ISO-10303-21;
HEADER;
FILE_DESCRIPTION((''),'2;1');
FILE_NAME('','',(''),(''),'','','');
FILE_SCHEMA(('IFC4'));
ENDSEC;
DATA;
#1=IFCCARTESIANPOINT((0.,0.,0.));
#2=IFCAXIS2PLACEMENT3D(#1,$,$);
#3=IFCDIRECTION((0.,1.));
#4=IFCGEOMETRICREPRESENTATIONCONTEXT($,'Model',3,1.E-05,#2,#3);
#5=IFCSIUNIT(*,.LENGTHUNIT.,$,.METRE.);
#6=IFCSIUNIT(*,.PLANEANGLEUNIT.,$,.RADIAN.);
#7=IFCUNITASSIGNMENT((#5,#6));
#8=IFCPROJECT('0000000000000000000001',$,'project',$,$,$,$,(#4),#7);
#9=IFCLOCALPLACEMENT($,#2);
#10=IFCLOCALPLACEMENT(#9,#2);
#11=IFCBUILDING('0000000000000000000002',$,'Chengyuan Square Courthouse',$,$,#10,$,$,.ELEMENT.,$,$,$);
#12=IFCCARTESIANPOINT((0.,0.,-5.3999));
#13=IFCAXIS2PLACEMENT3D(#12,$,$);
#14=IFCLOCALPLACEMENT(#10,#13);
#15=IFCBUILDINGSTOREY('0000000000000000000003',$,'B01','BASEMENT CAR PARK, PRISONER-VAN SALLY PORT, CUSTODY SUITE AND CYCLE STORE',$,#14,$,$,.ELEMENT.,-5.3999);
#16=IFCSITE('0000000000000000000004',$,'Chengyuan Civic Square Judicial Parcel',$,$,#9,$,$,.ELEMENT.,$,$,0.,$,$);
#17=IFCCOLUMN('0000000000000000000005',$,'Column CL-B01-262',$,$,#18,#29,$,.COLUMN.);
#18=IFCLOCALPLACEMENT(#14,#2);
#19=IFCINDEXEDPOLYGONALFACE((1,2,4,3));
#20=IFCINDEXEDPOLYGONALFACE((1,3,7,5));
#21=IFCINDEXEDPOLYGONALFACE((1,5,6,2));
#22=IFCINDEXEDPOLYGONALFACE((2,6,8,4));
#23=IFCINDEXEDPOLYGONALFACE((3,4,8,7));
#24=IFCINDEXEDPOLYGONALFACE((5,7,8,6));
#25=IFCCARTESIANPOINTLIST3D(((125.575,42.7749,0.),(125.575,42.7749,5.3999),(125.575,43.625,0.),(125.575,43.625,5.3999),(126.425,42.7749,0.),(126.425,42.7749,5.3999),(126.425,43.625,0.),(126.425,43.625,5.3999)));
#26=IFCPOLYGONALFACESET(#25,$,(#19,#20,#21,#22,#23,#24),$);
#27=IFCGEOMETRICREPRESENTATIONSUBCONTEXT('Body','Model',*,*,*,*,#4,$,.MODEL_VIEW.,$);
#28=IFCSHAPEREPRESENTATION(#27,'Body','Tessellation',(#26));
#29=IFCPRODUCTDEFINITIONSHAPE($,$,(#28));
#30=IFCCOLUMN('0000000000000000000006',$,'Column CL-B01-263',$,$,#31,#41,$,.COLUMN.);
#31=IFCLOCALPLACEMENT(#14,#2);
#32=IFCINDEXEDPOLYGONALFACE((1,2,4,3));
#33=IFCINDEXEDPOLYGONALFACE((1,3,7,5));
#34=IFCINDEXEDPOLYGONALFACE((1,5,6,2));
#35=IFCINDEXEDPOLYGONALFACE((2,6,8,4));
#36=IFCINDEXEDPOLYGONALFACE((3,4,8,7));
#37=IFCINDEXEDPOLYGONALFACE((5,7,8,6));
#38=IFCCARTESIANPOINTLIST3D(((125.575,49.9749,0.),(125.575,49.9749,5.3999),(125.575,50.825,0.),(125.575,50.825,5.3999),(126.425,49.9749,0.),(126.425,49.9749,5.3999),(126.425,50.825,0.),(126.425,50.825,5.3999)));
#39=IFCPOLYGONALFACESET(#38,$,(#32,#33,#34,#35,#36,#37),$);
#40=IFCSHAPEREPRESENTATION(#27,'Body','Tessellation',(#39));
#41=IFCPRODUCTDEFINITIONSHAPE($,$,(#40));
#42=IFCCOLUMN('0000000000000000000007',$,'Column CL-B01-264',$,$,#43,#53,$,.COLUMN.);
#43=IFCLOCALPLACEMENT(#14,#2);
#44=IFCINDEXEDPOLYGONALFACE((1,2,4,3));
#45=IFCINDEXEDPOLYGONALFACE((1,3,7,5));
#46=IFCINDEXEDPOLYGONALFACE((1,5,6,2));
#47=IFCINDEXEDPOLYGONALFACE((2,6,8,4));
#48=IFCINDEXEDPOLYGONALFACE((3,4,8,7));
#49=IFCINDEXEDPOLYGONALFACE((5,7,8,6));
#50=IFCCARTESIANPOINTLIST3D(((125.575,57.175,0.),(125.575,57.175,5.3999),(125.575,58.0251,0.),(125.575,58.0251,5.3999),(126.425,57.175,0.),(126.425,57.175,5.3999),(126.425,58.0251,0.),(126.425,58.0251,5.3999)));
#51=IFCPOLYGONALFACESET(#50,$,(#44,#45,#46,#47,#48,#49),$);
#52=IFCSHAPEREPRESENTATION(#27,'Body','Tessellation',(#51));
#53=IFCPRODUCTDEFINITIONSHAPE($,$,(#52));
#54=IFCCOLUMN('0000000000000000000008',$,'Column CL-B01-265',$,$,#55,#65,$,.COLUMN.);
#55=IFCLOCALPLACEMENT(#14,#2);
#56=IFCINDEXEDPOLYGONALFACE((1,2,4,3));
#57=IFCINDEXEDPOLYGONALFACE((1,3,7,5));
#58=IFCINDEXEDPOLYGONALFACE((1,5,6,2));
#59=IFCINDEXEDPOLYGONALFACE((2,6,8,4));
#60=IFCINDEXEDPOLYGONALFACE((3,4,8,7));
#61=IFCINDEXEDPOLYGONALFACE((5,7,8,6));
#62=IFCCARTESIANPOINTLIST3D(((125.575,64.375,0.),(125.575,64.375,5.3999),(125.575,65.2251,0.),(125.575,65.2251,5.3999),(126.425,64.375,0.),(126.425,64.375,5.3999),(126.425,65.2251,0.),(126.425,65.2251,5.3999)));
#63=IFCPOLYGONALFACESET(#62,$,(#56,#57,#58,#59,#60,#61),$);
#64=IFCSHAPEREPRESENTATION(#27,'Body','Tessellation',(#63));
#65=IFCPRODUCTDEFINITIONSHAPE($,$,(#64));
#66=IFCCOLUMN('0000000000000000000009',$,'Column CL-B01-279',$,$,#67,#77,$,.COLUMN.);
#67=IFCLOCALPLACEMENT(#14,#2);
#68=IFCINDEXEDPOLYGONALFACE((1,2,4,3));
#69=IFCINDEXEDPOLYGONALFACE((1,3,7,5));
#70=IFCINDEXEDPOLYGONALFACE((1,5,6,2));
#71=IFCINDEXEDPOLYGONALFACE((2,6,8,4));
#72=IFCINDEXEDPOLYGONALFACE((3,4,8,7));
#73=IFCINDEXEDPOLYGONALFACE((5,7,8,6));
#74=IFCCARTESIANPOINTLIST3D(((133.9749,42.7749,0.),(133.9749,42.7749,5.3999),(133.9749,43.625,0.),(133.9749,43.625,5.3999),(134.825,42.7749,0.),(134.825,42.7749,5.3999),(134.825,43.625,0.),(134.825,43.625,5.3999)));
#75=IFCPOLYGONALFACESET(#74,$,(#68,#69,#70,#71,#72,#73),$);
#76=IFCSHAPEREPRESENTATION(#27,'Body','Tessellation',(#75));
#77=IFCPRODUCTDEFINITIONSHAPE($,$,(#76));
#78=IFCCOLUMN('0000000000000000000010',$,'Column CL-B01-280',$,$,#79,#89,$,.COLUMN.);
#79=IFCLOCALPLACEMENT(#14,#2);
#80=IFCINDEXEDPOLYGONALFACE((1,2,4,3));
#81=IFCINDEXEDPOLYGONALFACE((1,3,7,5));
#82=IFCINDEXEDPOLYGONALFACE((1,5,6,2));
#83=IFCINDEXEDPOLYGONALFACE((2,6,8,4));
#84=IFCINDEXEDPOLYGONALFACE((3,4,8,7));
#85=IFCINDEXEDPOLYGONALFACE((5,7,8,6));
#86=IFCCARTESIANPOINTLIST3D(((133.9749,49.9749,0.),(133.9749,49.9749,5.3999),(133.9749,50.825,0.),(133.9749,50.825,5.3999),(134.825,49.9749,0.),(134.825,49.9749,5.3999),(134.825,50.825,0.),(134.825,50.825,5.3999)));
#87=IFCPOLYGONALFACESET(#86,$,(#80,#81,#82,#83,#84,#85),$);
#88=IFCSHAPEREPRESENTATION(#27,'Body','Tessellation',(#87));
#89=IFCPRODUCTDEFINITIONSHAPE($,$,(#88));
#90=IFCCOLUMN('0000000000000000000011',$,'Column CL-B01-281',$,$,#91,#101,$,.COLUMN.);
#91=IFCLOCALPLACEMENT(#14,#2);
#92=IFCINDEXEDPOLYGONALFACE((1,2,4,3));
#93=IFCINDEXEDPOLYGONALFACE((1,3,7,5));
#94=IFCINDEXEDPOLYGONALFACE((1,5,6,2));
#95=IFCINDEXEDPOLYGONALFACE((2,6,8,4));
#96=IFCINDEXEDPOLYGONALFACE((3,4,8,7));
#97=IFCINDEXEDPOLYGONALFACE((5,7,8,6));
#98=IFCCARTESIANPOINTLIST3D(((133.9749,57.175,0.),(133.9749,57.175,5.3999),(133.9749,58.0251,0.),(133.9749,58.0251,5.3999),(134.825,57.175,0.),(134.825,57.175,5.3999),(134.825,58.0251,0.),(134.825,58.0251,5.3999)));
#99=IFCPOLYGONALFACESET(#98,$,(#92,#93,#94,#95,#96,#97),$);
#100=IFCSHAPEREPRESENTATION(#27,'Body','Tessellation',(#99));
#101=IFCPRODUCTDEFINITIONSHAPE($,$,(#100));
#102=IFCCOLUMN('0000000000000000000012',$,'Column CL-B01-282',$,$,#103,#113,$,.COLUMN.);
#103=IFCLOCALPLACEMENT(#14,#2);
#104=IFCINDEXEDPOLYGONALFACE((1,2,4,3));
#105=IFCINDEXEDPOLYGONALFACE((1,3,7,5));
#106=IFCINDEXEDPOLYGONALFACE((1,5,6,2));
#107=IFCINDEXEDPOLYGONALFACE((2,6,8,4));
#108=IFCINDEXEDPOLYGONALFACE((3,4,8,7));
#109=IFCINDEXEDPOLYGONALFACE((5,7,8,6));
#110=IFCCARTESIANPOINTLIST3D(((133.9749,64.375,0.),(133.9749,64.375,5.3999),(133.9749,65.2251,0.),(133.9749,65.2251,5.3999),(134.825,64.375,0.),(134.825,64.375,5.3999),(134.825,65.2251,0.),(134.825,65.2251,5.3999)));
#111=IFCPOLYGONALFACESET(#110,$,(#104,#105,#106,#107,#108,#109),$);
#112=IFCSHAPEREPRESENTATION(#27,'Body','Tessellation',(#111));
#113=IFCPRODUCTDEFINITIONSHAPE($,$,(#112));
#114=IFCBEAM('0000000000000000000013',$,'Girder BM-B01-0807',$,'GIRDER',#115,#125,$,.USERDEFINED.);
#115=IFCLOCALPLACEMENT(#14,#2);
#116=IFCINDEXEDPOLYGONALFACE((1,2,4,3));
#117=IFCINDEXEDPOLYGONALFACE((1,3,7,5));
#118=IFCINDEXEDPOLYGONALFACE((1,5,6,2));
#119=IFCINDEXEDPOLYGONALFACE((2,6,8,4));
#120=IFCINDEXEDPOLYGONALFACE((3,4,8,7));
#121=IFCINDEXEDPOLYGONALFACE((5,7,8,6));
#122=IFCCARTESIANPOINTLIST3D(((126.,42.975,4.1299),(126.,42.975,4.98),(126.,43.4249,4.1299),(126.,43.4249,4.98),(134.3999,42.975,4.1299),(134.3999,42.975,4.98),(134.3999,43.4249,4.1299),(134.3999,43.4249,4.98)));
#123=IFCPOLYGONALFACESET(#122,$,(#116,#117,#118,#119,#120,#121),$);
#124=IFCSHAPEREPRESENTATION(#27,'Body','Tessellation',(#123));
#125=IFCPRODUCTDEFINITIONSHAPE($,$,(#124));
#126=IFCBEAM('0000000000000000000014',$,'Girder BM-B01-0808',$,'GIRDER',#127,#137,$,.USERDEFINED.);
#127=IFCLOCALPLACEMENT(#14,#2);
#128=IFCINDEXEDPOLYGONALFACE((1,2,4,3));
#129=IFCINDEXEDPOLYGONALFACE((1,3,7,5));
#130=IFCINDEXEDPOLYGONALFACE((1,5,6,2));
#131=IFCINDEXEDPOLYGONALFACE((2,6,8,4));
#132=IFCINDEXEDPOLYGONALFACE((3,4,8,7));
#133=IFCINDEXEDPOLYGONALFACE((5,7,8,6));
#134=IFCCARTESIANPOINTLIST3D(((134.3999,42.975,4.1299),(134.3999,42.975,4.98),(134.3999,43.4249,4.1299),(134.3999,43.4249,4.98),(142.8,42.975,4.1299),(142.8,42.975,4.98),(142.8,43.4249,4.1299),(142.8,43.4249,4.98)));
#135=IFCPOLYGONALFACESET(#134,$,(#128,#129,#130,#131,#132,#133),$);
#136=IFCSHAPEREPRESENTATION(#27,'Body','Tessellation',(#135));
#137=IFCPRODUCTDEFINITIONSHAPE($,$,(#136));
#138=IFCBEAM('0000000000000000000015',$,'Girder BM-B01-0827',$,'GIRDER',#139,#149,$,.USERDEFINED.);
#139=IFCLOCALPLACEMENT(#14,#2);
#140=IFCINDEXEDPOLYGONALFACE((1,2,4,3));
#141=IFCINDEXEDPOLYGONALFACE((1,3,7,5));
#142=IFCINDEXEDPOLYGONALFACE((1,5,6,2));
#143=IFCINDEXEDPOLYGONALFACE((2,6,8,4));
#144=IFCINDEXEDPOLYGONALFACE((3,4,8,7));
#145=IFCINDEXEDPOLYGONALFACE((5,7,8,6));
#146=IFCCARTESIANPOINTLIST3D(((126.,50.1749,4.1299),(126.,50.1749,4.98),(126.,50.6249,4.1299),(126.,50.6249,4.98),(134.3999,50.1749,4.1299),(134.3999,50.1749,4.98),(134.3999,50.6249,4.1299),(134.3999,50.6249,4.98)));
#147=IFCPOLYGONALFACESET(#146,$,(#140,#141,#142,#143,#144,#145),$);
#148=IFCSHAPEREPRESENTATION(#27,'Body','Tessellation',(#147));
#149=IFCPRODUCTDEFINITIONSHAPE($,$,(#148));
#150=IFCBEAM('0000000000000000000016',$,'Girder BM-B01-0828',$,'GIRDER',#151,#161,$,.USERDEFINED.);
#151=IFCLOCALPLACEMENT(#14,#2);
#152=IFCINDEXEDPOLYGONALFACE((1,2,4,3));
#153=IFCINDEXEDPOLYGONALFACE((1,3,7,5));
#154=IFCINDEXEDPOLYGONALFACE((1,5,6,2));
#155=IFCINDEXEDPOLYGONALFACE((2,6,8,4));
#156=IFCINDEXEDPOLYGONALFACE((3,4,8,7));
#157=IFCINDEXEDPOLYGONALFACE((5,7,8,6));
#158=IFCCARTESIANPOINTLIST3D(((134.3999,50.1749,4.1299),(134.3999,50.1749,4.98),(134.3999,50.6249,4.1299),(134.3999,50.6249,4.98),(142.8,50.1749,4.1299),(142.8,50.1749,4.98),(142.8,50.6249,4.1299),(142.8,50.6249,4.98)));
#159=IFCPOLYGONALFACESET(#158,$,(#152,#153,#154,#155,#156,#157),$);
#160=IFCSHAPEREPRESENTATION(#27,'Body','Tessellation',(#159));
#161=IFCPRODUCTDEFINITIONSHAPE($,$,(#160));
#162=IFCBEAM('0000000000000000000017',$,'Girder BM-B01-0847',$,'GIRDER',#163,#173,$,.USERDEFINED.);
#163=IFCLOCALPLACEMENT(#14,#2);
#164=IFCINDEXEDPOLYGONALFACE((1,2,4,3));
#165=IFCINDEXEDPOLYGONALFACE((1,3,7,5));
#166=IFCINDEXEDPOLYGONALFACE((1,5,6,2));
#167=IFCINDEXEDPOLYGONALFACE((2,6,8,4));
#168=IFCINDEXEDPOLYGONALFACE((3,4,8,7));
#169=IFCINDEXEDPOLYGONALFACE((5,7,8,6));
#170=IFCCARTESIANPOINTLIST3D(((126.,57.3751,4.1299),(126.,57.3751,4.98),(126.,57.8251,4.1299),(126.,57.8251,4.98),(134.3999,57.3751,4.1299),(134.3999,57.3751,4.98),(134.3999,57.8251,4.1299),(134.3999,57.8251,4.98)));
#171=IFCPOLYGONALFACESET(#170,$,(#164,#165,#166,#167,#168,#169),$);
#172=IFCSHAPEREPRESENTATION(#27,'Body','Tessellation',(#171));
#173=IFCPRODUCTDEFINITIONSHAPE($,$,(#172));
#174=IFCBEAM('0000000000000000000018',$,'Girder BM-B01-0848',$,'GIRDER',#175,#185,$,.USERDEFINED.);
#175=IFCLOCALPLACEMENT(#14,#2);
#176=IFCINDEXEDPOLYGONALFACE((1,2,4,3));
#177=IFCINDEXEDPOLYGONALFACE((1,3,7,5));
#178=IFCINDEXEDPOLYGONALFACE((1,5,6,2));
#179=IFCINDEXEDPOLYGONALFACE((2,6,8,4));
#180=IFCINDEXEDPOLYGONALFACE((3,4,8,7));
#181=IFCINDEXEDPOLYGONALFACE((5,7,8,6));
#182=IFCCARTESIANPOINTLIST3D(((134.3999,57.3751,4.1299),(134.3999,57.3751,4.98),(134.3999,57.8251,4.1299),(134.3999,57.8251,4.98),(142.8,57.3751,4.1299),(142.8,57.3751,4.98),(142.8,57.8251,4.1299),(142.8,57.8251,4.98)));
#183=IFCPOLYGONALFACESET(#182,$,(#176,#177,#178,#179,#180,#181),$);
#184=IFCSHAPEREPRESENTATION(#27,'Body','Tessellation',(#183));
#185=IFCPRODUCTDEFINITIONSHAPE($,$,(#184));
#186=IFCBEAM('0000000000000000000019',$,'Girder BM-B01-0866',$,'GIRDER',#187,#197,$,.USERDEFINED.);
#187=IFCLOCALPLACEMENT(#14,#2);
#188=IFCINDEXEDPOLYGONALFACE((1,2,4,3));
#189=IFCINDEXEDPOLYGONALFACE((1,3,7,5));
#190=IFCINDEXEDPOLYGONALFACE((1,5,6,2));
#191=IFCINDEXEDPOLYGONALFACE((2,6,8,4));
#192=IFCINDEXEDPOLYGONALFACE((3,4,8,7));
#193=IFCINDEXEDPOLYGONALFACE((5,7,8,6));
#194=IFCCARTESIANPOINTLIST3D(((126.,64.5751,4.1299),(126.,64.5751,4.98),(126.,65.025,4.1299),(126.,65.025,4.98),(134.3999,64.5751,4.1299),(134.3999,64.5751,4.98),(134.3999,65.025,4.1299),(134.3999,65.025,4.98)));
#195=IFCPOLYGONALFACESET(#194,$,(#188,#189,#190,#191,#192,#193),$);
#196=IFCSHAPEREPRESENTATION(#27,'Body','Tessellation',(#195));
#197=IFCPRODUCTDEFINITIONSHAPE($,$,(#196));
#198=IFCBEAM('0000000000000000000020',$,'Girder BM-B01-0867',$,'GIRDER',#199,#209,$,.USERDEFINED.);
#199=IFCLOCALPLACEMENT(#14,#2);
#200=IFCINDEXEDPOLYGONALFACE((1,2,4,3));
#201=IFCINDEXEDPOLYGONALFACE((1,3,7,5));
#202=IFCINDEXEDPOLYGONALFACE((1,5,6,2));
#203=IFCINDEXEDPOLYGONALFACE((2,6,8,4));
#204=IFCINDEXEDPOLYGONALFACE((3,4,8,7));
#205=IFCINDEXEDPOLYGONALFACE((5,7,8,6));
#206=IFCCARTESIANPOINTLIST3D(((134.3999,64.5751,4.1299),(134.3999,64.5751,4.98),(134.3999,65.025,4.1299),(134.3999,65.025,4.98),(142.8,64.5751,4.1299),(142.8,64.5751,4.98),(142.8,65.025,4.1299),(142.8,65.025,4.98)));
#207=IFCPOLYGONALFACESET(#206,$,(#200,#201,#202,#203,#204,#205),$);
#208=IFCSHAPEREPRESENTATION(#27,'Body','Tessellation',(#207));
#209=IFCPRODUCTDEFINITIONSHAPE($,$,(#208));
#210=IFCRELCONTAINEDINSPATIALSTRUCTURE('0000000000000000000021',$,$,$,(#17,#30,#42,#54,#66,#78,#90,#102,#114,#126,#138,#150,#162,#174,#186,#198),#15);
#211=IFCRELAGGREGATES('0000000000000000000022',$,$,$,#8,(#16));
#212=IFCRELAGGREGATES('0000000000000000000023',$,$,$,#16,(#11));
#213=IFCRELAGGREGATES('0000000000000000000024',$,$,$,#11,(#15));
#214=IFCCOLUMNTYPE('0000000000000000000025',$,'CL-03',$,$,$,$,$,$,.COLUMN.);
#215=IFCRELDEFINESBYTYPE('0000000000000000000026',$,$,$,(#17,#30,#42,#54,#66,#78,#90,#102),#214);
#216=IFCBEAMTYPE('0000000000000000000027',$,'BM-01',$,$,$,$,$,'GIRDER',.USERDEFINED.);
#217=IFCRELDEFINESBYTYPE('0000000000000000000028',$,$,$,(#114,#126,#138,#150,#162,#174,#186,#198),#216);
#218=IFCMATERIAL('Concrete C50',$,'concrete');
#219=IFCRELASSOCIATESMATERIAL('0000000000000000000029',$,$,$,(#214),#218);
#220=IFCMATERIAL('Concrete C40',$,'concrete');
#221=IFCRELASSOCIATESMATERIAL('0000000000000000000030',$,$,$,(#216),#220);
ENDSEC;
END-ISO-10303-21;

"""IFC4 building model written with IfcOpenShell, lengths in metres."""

from ifc_helpers import new_model, si_unit, direction, frame, origin, origin_2d, place, context, subcontext, project, spatial, rectangle, extrude, material, material_profile, profile_set, type_object, element, save


model = new_model("IFC4")

# Units and contexts
model_context = context("Model", 3, precision=1e-05, world=origin(), true_north=direction((0.0, 1.0)))
body_context = subcontext(model_context, "Body", "Model", "MODEL_VIEW")
ifc_project = project(units=[si_unit("LENGTHUNIT", "METRE"), si_unit("PLANEANGLEUNIT", "RADIAN")], contexts=[model_context])

# Site, building, storey
site_placement = place(None, origin())
site = spatial("IfcSite", under=ifc_project, at=site_placement, Name="Chengyuan Civic Square Judicial Parcel", CompositionType="ELEMENT", RefElevation=0.0)
building_placement = place(site_placement, origin())
building = spatial("IfcBuilding", under=site, at=building_placement, Name="Chengyuan Square Courthouse", CompositionType="ELEMENT")
storey_placement = place(building_placement, frame((0.0, 0.0, -5.3999)))
storey = spatial("IfcBuildingStorey", under=building, at=storey_placement, Name="B01", Description="BASEMENT CAR PARK, PRISONER-VAN SALLY PORT, CUSTODY SUITE AND CYCLE STORE", CompositionType="ELEMENT", Elevation=-5.3999)

# Columns
ifc_material_1 = material(Name="Concrete C50", Category="concrete")
ifc_material_profile_1 = material_profile(ifc_material_1, rectangle(XDim=0.8501, YDim=0.8501, at=origin_2d()), Name="RC-COL-850x850")
ifc_profile_set_1 = profile_set([ifc_material_profile_1], Name="Concrete C50")
column_type = type_object("IfcColumnType", Name="CL-03", PredefinedType="COLUMN", material=ifc_profile_set_1)
for number, where, z_axis, x_axis, name in (
    (1, (126.0, 43.2, 0.0), (0.0, 0.0, 1.0), (1.0, 0.0, 0.0), "Column CL-B01-262"),
    (2, (126.0, 50.3999, 0.0), (0.0, 0.0, 1.0), (1.0, 0.0, 0.0), "Column CL-B01-263"),
    (3, (126.0, 57.6001, 0.0), (0.0, 0.0, 1.0), (1.0, 0.0, 0.0), "Column CL-B01-264"),
    (4, (126.0, 64.8, 0.0), (0.0, 0.0, 1.0), (1.0, 0.0, 0.0), "Column CL-B01-265"),
    (5, (134.3999, 43.2, 0.0), (0.0, 0.0, 1.0), (1.0, 0.0, 0.0), "Column CL-B01-279"),
    (6, (134.3999, 50.3999, 0.0), (0.0, 0.0, 1.0), (1.0, 0.0, 0.0), "Column CL-B01-280"),
    (7, (134.3999, 57.6001, 0.0), (0.0, 0.0, 1.0), (1.0, 0.0, 0.0), "Column CL-B01-281"),
    (8, (134.3999, 64.8, 0.0), (0.0, 0.0, 1.0), (1.0, 0.0, 0.0), "Column CL-B01-282"),
):
    element("IfcColumn", number, at=place(storey_placement, frame(where, z_axis=z_axis, x_axis=x_axis)), inside=storey, type_object=column_type, Name=name, PredefinedType="COLUMN", context=body_context, shape_type="SweptSolid", body=[
        extrude(rectangle(XDim=0.8501, YDim=0.8501, at=origin_2d()), origin(), (0.0, 0.0, 1.0), 5.3999),
    ])

# Beams
ifc_material_2 = material(Name="Concrete C40", Category="concrete")
ifc_material_profile_2 = material_profile(ifc_material_2, rectangle(XDim=0.45, YDim=0.8501, at=origin_2d()), Name="RC-BM-450x850")
ifc_profile_set_2 = profile_set([ifc_material_profile_2], Name="Concrete C40")
beam_type_1 = type_object("IfcBeamType", Name="BM-01", ElementType="GIRDER", PredefinedType="USERDEFINED", material=ifc_profile_set_2)
beam_1_placement = place(storey_placement, frame((126.0, 43.2, 4.5549), z_axis=(1.0, 0.0, 0.0), x_axis=(0.0, 1.0, 0.0)))
element("IfcBeam", 9, at=beam_1_placement, inside=storey, type_object=beam_type_1, Name="Girder BM-B01-0807", ObjectType="GIRDER", PredefinedType="USERDEFINED", context=body_context, shape_type="SweptSolid", body=[
    extrude(rectangle(XDim=0.45, YDim=0.8501, at=origin_2d()), origin(), (0.0, 0.0, 1.0), 8.3999),
])
beam_2_placement = place(storey_placement, frame((134.3999, 43.2, 4.5549), z_axis=(1.0, 0.0, 0.0), x_axis=(0.0, 1.0, 0.0)))
element("IfcBeam", 10, at=beam_2_placement, inside=storey, type_object=beam_type_1, Name="Girder BM-B01-0808", ObjectType="GIRDER", PredefinedType="USERDEFINED", context=body_context, shape_type="SweptSolid", body=[
    extrude(rectangle(XDim=0.45, YDim=0.8501, at=origin_2d()), origin(), (0.0, 0.0, 1.0), 8.4001),
])
beam_3_placement = place(storey_placement, frame((126.0, 50.3999, 4.5549), z_axis=(1.0, 0.0, 0.0), x_axis=(0.0, 1.0, 0.0)))
element("IfcBeam", 11, at=beam_3_placement, inside=storey, type_object=beam_type_1, Name="Girder BM-B01-0827", ObjectType="GIRDER", PredefinedType="USERDEFINED", context=body_context, shape_type="SweptSolid", body=[
    extrude(rectangle(XDim=0.45, YDim=0.8501, at=origin_2d()), origin(), (0.0, 0.0, 1.0), 8.3999),
])
beam_4_placement = place(storey_placement, frame((134.3999, 50.3999, 4.5549), z_axis=(1.0, 0.0, 0.0), x_axis=(0.0, 1.0, 0.0)))
element("IfcBeam", 12, at=beam_4_placement, inside=storey, type_object=beam_type_1, Name="Girder BM-B01-0828", ObjectType="GIRDER", PredefinedType="USERDEFINED", context=body_context, shape_type="SweptSolid", body=[
    extrude(rectangle(XDim=0.45, YDim=0.8501, at=origin_2d()), origin(), (0.0, 0.0, 1.0), 8.4001),
])
beam_5_placement = place(storey_placement, frame((126.0, 57.6001, 4.5549), z_axis=(1.0, 0.0, 0.0), x_axis=(0.0, 1.0, 0.0)))
element("IfcBeam", 13, at=beam_5_placement, inside=storey, type_object=beam_type_1, Name="Girder BM-B01-0847", ObjectType="GIRDER", PredefinedType="USERDEFINED", context=body_context, shape_type="SweptSolid", body=[
    extrude(rectangle(XDim=0.45, YDim=0.8501, at=origin_2d()), origin(), (0.0, 0.0, 1.0), 8.3999),
])
beam_6_placement = place(storey_placement, frame((134.3999, 57.6001, 4.5549), z_axis=(1.0, 0.0, 0.0), x_axis=(0.0, 1.0, 0.0)))
element("IfcBeam", 14, at=beam_6_placement, inside=storey, type_object=beam_type_1, Name="Girder BM-B01-0848", ObjectType="GIRDER", PredefinedType="USERDEFINED", context=body_context, shape_type="SweptSolid", body=[
    extrude(rectangle(XDim=0.45, YDim=0.8501, at=origin_2d()), origin(), (0.0, 0.0, 1.0), 8.4001),
])
beam_7_placement = place(storey_placement, frame((126.0, 64.8, 4.5549), z_axis=(1.0, 0.0, 0.0), x_axis=(0.0, 1.0, 0.0)))
element("IfcBeam", 15, at=beam_7_placement, inside=storey, type_object=beam_type_1, Name="Girder BM-B01-0866", ObjectType="GIRDER", PredefinedType="USERDEFINED", context=body_context, shape_type="SweptSolid", body=[
    extrude(rectangle(XDim=0.45, YDim=0.8501, at=origin_2d()), origin(), (0.0, 0.0, 1.0), 8.3999),
])
beam_8_placement = place(storey_placement, frame((134.3999, 64.8, 4.5549), z_axis=(1.0, 0.0, 0.0), x_axis=(0.0, 1.0, 0.0)))
element("IfcBeam", 16, at=beam_8_placement, inside=storey, type_object=beam_type_1, Name="Girder BM-B01-0867", ObjectType="GIRDER", PredefinedType="USERDEFINED", context=body_context, shape_type="SweptSolid", body=[
    extrude(rectangle(XDim=0.45, YDim=0.8501, at=origin_2d()), origin(), (0.0, 0.0, 1.0), 8.4001),
])

save(model, "model.ifc")
